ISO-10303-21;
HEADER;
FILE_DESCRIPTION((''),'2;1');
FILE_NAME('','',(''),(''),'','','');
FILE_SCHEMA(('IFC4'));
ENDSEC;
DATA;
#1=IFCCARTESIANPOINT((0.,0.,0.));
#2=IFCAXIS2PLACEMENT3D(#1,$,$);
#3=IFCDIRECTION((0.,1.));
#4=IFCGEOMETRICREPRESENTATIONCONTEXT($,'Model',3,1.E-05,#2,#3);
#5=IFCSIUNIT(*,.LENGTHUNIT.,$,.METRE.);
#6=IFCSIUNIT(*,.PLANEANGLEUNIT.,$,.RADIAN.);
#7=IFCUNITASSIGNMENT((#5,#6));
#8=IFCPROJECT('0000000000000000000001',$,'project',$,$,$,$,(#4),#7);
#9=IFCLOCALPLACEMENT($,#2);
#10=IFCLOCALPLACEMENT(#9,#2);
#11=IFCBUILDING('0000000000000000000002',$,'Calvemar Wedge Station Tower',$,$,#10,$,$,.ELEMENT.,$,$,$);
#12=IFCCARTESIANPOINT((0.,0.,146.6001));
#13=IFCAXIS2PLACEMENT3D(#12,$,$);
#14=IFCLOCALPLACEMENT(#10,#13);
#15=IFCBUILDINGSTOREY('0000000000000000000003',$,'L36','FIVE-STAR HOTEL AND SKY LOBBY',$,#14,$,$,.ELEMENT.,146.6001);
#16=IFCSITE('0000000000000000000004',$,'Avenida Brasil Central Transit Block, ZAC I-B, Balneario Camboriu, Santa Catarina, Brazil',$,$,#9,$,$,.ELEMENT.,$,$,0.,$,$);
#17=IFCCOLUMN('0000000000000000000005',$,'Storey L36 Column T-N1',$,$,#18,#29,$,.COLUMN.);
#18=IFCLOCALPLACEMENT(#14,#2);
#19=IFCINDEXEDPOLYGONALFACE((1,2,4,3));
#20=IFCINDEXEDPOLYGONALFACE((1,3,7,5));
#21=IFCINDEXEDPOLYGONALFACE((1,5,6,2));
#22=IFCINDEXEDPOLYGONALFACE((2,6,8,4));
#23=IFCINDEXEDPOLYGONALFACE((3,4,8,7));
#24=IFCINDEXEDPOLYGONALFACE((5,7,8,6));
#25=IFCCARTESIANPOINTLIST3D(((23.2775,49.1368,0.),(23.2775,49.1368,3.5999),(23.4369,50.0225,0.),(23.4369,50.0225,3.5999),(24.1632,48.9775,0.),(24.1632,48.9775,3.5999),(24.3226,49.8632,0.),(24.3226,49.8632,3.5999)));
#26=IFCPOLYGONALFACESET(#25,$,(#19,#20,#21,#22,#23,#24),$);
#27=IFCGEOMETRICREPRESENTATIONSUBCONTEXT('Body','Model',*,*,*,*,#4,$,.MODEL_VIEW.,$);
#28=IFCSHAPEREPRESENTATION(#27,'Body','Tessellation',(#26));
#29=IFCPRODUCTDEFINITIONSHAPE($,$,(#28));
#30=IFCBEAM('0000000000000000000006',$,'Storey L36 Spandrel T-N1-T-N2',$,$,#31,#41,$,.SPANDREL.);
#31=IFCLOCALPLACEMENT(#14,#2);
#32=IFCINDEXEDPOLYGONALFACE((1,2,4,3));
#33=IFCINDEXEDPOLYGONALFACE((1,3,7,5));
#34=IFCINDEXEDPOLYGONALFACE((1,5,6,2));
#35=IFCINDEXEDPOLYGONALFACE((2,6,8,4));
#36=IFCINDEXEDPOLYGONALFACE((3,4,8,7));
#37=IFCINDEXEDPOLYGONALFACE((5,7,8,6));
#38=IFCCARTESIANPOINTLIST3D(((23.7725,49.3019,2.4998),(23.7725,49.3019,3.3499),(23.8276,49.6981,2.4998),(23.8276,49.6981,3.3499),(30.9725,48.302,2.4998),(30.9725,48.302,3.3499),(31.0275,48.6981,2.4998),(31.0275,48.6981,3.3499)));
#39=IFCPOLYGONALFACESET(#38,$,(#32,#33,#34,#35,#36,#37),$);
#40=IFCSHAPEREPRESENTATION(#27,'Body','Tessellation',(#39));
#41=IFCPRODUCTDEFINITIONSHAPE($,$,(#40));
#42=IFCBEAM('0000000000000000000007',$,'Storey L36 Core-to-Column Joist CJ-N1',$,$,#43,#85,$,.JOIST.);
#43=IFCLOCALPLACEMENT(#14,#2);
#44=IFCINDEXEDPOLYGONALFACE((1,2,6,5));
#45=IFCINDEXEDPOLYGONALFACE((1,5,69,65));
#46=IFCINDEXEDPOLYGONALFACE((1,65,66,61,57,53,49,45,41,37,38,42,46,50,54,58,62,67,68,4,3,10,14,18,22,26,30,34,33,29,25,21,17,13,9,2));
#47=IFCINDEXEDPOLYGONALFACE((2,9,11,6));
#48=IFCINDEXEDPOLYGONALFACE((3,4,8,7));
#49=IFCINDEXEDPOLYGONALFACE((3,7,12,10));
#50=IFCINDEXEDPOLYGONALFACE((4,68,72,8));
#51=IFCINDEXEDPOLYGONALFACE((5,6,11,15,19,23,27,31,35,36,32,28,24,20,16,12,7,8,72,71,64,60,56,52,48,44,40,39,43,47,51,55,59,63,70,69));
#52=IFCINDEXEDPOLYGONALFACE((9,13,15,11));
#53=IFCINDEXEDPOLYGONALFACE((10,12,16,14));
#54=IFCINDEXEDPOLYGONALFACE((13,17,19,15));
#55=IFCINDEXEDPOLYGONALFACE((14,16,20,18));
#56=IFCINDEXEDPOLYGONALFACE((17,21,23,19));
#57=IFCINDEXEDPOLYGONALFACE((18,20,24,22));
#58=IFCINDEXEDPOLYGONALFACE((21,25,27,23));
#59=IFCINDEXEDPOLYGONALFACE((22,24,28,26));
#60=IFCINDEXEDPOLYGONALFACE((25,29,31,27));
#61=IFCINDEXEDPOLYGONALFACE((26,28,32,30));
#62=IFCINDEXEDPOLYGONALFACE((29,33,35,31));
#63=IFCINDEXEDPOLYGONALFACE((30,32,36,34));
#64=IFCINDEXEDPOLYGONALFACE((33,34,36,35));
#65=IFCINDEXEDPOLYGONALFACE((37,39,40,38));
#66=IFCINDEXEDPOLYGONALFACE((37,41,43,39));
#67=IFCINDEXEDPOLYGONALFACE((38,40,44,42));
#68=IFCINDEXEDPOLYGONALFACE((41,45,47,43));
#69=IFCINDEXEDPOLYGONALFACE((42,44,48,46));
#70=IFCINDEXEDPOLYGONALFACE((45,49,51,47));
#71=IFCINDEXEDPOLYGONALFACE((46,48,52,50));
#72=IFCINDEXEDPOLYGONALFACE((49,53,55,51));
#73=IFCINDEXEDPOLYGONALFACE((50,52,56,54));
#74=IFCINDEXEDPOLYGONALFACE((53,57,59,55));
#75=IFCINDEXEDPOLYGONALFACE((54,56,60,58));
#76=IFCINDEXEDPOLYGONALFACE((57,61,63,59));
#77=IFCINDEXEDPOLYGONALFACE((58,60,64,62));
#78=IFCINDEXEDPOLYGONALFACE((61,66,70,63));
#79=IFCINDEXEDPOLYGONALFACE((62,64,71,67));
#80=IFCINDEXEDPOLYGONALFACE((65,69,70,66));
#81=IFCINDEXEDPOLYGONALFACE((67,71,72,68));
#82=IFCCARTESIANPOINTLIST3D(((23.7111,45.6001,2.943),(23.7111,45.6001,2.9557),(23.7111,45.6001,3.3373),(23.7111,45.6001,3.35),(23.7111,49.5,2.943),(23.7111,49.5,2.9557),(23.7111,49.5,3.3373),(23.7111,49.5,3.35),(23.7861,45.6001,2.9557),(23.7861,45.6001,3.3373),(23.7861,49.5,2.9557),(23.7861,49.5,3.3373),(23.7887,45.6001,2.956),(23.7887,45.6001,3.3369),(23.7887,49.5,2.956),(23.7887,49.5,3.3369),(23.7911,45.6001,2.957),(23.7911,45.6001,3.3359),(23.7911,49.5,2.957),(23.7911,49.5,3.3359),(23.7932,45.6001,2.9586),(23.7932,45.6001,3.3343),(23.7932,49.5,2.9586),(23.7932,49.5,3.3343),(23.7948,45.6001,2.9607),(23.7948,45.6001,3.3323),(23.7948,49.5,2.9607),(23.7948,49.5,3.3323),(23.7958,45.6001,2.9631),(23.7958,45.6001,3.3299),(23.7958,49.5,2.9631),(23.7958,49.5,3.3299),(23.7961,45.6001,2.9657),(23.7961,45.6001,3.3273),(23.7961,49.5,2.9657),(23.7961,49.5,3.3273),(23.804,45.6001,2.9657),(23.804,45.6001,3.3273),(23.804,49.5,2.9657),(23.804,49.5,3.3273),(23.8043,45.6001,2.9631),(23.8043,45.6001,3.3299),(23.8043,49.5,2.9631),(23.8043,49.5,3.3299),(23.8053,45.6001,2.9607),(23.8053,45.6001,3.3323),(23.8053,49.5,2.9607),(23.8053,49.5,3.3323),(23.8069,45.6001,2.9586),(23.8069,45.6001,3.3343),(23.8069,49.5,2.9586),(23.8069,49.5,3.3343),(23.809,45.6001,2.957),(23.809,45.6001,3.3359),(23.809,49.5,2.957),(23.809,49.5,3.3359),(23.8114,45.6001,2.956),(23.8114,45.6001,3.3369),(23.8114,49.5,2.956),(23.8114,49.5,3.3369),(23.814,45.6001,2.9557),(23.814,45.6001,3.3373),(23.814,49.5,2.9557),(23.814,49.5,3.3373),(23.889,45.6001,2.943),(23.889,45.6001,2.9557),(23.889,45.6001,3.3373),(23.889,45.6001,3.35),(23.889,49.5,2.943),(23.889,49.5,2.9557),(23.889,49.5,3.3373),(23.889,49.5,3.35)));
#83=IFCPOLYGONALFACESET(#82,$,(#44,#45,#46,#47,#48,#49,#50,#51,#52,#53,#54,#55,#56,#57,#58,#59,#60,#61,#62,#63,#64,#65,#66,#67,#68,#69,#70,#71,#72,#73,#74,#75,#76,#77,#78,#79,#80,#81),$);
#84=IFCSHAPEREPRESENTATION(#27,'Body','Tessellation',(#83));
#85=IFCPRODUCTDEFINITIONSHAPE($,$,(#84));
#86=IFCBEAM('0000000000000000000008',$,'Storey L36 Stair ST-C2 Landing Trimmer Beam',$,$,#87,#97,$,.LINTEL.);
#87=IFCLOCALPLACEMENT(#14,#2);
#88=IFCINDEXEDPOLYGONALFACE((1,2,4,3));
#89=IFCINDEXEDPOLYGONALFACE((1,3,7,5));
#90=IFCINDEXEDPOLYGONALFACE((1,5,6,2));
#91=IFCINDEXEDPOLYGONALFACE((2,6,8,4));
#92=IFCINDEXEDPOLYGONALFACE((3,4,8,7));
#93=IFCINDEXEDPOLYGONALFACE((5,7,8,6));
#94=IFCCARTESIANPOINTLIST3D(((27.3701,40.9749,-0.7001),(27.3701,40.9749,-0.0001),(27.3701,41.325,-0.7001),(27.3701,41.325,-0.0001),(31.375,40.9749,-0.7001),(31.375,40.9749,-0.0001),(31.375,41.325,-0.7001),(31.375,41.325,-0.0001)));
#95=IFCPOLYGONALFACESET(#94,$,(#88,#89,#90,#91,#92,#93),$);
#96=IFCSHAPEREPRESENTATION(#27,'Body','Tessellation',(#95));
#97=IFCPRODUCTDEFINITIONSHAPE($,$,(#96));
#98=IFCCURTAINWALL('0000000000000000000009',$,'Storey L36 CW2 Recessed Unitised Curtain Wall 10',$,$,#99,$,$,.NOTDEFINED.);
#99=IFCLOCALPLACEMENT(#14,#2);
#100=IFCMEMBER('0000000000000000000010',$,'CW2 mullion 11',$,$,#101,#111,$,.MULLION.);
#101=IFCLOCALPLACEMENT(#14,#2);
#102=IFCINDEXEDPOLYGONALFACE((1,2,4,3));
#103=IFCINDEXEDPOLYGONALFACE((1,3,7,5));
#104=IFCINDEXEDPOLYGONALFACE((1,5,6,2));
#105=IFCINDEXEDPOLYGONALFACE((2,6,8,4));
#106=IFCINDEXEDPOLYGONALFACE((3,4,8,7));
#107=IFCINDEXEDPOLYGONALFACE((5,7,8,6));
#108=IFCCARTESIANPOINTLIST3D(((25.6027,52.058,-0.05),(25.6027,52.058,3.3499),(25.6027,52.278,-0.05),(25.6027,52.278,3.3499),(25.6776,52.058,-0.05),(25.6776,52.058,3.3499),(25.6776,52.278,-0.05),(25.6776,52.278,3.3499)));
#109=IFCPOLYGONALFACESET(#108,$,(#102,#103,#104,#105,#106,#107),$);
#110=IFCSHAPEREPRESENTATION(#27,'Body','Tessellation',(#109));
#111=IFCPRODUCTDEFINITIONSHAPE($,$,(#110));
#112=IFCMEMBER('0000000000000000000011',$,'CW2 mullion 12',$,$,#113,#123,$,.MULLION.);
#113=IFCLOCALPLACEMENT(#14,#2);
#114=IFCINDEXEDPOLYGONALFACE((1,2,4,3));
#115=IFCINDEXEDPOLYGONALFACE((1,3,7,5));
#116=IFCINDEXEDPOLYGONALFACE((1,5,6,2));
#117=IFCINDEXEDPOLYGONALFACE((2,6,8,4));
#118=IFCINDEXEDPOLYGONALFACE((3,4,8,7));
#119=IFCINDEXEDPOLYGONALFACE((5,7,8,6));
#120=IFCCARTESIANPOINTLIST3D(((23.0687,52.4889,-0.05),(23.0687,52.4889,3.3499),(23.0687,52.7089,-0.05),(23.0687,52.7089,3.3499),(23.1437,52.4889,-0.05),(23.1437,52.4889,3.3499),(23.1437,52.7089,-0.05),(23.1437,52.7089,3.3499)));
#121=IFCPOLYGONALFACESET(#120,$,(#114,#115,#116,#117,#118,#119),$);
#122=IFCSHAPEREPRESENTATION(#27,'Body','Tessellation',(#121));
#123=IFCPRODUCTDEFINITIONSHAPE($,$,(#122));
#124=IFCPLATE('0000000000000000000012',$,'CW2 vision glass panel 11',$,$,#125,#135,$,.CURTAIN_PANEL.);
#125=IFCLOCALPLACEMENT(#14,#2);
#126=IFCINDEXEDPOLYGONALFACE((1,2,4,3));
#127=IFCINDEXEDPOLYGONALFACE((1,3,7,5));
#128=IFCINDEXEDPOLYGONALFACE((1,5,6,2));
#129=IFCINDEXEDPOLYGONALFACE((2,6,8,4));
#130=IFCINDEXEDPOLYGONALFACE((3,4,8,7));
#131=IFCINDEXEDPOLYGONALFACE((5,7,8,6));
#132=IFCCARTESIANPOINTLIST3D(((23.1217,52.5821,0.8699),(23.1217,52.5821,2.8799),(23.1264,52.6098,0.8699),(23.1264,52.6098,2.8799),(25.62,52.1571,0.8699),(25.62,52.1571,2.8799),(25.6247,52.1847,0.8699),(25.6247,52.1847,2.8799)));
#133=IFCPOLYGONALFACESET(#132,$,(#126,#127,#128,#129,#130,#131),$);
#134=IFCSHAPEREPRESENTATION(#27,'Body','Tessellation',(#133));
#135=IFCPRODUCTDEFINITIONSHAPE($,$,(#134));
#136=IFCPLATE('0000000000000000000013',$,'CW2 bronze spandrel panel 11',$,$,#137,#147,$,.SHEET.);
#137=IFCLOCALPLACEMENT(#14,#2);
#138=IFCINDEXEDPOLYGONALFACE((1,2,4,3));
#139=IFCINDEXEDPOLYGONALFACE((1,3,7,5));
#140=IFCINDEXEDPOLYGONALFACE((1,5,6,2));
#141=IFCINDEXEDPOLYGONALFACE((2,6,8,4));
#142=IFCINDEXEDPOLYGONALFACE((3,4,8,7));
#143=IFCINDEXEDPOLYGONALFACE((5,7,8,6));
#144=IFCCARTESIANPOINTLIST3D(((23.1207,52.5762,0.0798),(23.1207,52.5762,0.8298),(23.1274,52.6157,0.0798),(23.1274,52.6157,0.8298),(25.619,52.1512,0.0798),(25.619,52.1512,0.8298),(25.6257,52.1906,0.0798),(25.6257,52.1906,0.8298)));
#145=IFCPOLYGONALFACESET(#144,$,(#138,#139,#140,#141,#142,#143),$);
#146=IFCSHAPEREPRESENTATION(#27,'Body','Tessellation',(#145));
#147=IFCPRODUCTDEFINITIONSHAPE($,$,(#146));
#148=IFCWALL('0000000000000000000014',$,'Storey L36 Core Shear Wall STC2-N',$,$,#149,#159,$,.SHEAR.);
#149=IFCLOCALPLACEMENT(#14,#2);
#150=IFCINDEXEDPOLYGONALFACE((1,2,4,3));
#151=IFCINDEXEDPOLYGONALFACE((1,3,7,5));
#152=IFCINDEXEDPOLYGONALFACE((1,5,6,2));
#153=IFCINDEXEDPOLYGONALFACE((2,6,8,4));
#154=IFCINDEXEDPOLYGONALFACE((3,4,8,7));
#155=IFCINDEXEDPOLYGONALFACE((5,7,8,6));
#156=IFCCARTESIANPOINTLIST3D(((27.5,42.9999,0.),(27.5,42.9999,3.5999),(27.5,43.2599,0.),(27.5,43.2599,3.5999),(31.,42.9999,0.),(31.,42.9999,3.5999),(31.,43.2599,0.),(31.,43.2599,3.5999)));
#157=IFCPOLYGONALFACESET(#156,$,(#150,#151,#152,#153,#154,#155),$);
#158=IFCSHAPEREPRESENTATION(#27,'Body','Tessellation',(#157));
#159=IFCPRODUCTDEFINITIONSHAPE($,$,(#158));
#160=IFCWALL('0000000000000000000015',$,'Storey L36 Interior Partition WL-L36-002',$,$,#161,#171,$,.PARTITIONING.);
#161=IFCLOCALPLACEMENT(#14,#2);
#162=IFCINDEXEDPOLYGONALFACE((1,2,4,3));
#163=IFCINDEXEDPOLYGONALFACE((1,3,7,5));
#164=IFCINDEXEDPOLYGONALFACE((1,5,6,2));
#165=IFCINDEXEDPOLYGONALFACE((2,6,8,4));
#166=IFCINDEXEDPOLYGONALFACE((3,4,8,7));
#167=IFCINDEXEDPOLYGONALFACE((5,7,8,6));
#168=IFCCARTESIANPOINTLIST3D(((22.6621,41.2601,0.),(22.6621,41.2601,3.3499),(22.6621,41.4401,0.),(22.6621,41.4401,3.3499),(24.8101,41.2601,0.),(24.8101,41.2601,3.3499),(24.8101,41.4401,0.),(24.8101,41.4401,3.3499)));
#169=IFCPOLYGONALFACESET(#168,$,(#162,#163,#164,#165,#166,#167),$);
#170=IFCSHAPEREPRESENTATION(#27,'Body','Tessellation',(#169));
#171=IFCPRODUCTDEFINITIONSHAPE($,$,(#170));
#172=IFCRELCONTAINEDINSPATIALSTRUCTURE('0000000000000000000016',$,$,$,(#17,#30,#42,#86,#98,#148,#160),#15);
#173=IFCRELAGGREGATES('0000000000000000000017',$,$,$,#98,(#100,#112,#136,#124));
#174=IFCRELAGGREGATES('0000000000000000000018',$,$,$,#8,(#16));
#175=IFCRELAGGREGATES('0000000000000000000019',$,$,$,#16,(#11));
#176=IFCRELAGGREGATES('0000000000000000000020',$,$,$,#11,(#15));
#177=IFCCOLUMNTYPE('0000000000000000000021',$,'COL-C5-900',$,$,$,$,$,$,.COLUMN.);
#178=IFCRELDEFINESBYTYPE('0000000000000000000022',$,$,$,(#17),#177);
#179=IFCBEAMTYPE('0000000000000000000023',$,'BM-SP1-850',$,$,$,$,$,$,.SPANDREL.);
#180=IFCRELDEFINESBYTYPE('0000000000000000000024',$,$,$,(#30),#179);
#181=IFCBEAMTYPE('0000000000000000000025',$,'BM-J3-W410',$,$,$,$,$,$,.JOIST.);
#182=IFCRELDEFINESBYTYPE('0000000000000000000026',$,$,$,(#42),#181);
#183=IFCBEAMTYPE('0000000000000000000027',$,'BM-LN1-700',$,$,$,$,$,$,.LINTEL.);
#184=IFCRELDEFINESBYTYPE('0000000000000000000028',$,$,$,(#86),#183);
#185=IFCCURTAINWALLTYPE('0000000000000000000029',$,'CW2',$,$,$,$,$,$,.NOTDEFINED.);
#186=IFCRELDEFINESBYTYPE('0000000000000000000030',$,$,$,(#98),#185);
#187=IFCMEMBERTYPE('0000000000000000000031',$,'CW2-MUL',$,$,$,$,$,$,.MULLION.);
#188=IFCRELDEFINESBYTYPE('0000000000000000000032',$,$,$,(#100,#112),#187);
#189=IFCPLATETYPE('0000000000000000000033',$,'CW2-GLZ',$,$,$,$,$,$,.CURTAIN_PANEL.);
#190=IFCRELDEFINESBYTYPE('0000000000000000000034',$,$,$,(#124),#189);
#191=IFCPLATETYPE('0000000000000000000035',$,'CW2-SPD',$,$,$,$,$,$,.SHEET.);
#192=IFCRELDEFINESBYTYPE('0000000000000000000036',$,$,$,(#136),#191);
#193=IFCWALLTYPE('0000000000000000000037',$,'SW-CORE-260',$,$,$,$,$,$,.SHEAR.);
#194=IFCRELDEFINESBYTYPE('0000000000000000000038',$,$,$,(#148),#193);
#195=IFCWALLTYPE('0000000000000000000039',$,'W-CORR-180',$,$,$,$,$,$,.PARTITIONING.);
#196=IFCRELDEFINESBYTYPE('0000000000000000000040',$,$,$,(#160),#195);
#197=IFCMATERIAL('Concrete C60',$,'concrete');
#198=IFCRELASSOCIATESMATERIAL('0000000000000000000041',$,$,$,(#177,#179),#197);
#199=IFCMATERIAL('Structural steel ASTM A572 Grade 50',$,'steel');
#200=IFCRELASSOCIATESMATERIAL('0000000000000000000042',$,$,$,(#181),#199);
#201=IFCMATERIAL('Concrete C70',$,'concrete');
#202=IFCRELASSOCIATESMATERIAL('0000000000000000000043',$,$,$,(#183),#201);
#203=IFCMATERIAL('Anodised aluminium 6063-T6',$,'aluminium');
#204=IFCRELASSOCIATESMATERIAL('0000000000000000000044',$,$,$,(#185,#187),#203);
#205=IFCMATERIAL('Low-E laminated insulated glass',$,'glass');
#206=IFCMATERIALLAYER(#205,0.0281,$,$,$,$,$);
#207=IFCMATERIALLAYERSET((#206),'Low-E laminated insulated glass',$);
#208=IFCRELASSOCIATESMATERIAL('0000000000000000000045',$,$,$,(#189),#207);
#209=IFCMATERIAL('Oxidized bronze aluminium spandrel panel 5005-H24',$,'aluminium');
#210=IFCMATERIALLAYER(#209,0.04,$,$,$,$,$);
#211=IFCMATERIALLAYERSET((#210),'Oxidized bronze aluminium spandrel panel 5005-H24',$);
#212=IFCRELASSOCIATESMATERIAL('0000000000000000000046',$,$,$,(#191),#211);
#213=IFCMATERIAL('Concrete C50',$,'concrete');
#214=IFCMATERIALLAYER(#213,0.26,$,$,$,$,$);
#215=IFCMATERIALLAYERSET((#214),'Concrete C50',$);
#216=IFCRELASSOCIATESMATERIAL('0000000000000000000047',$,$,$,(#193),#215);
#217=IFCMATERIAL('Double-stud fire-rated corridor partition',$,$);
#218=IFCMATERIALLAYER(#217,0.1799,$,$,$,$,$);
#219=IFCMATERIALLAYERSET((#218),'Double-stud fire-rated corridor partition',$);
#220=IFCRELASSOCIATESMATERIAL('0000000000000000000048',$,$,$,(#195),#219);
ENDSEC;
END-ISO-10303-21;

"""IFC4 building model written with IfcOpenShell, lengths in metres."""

from ifc_helpers import new_model, si_unit, direction, frame, frame_2d, origin, origin_2d, place, context, subcontext, project, spatial, rectangle, i_section, extrude, source, transform, mapped, material, layer, layer_set, material_profile, profile_set, type_object, element, aggregate, save


model = new_model("IFC4")

# Units and contexts
model_context = context("Model", 3, precision=1e-05, world=origin(), true_north=direction((0.0, 1.0)))
body_context = subcontext(model_context, "Body", "Model", "MODEL_VIEW")
ifc_project = project(units=[si_unit("LENGTHUNIT", "METRE"), si_unit("PLANEANGLEUNIT", "RADIAN")], contexts=[model_context])

# Site, building, storey
site_placement = place(None, origin())
site = spatial("IfcSite", under=ifc_project, at=site_placement, Name="Avenida Brasil Central Transit Block, ZAC I-B, Balneario Camboriu, Santa Catarina, Brazil", CompositionType="ELEMENT", RefElevation=0.0)
building_placement = place(site_placement, origin())
building = spatial("IfcBuilding", under=site, at=building_placement, Name="Calvemar Wedge Station Tower", CompositionType="ELEMENT")
storey_placement = place(building_placement, frame((0.0, 0.0, 146.6001)))
storey = spatial("IfcBuildingStorey", under=building, at=storey_placement, Name="L36", Description="FIVE-STAR HOTEL AND SKY LOBBY", CompositionType="ELEMENT", Elevation=146.6001)

# Column
ifc_material_1 = material(Name="Concrete C60", Category="concrete")
ifc_material_profile_1 = material_profile(ifc_material_1, rectangle(XDim=0.8999, YDim=0.8999, at=origin_2d()), Name="RC900x900")
ifc_profile_set_1 = profile_set([ifc_material_profile_1], Name="Concrete C60")
column_type = type_object("IfcColumnType", Name="COL-C5-900", PredefinedType="COLUMN", material=ifc_profile_set_1)
shared_shape_1 = source(origin(), body_context, "Body", "SweptSolid", [
    extrude(rectangle(XDim=0.8999, YDim=0.8999, at=origin_2d()), origin(), (0.0, 0.0, 1.0), 3.5999),
])
column_placement = place(storey_placement, frame((23.8, 49.5, 0.0), z_axis=(0.0, 0.0, 1.0), x_axis=(0.984196, -0.177085, 0.0)))
element("IfcColumn", 1, at=column_placement, inside=storey, type_object=column_type, Name="Storey L36 Column T-N1", PredefinedType="COLUMN", context=body_context, shape_type="MappedRepresentation", body=[
    mapped(shared_shape_1, transform((0.0, 0.0, 0.0), scale=1.0)),
])

# Beams
ifc_material_profile_2 = material_profile(ifc_material_1, rectangle(XDim=0.3999, YDim=0.8501, at=origin_2d()), Name="RC400x850")
ifc_profile_set_2 = profile_set([ifc_material_profile_2], Name="Concrete C60")
beam_type_1 = type_object("IfcBeamType", Name="BM-SP1-850", PredefinedType="SPANDREL", material=ifc_profile_set_2)
shared_shape_2 = source(origin(), body_context, "Body", "SweptSolid", [
    extrude(rectangle(XDim=0.3999, YDim=0.8501, at=origin_2d()), origin(), (0.0, 0.0, 1.0), 7.269),
])
beam_1_placement = place(storey_placement, frame((23.8, 49.5, 2.9248), z_axis=(0.990492, -0.137569, 0.0), x_axis=(0.137569, 0.990492, 0.0)))
element("IfcBeam", 2, at=beam_1_placement, inside=storey, type_object=beam_type_1, Name="Storey L36 Spandrel T-N1-T-N2", PredefinedType="SPANDREL", context=body_context, shape_type="MappedRepresentation", body=[
    mapped(shared_shape_2, transform((0.0, 0.0, 0.0), scale=1.0)),
])
ifc_material_2 = material(Name="Structural steel ASTM A572 Grade 50", Category="steel")
ifc_material_profile_3 = material_profile(ifc_material_2, i_section(OverallWidth=0.178, OverallDepth=0.407, WebThickness=0.0078, FlangeThickness=0.0127, FilletRadius=0.01, at=origin_2d()), Name="W410x60")
ifc_profile_set_3 = profile_set([ifc_material_profile_3], Name="Structural steel ASTM A572 Grade 50")
beam_type_2 = type_object("IfcBeamType", Name="BM-J3-W410", PredefinedType="JOIST", material=ifc_profile_set_3)
shared_shape_3 = source(origin(), body_context, "Body", "SweptSolid", [
    extrude(i_section(OverallWidth=0.178, OverallDepth=0.407, WebThickness=0.0078, FlangeThickness=0.0127, FilletRadius=0.01, at=origin_2d()), origin(), (0.0, 0.0, 1.0), 3.8999),
])
beam_2_placement = place(storey_placement, frame((23.8, 45.6001, 3.1465), z_axis=(0.0, 1.0, 0.0), x_axis=(-1.0, 0.0, 0.0)))
element("IfcBeam", 3, at=beam_2_placement, inside=storey, type_object=beam_type_2, Name="Storey L36 Core-to-Column Joist CJ-N1", PredefinedType="JOIST", context=body_context, shape_type="MappedRepresentation", body=[
    mapped(shared_shape_3, transform((0.0, 0.0, 0.0), scale=1.0)),
])
ifc_material_3 = material(Name="Concrete C70", Category="concrete")
ifc_material_profile_4 = material_profile(ifc_material_3, rectangle(XDim=0.3501, YDim=0.7, at=origin_2d()), Name="RC350x700")
ifc_profile_set_4 = profile_set([ifc_material_profile_4], Name="Concrete C70")
beam_type_3 = type_object("IfcBeamType", Name="BM-LN1-700", PredefinedType="LINTEL", material=ifc_profile_set_4)
shared_shape_4 = source(origin(), body_context, "Body", "SweptSolid", [
    extrude(rectangle(XDim=0.3501, YDim=0.7, at=origin_2d()), origin(), (0.0, 0.0, 1.0), 4.0049),
])
beam_3_placement = place(storey_placement, frame((27.3701, 41.1499, -0.3501), z_axis=(1.0, 0.0, 0.0), x_axis=(0.0, 1.0, 0.0)))
element("IfcBeam", 4, at=beam_3_placement, inside=storey, type_object=beam_type_3, Name="Storey L36 Stair ST-C2 Landing Trimmer Beam", PredefinedType="LINTEL", context=body_context, shape_type="MappedRepresentation", body=[
    mapped(shared_shape_4, transform((0.0, 0.0, 0.0), scale=1.0)),
])

# Curtain wall, members, plates
ifc_material_4 = material(Name="Anodised aluminium 6063-T6", Category="aluminium")
curtain_wall_type = type_object("IfcCurtainWallType", Name="CW2", PredefinedType="NOTDEFINED", material=ifc_material_4)
curtain_wall_placement = place(storey_placement, origin())
curtain_wall = element("IfcCurtainWall", 5, at=curtain_wall_placement, inside=storey, type_object=curtain_wall_type, Name="Storey L36 CW2 Recessed Unitised Curtain Wall 10", PredefinedType="NOTDEFINED")
ifc_material_profile_5 = material_profile(ifc_material_4, rectangle(XDim=0.075, YDim=0.22, at=origin_2d()), Name="AL-MUL-75x220")
ifc_profile_set_5 = profile_set([ifc_material_profile_5], Name="Anodised aluminium 6063-T6")
member_type = type_object("IfcMemberType", Name="CW2-MUL", PredefinedType="MULLION", material=ifc_profile_set_5)
shared_shape_5 = source(origin(), body_context, "Body", "SweptSolid", [
    extrude(rectangle(XDim=0.075, YDim=0.22, at=origin_2d()), origin(), (0.0, 0.0, 1.0), 3.3999),
])
member_1_placement = place(storey_placement, frame((25.6401, 52.168, -0.05), z_axis=(0.0, 0.0, 1.0), x_axis=(1.0, 0.0, 0.0)))
member_1 = element("IfcMember", 6, at=member_1_placement, type_object=member_type, Name="CW2 mullion 11", PredefinedType="MULLION", context=body_context, shape_type="MappedRepresentation", body=[
    mapped(shared_shape_5, transform((0.0, 0.0, 0.0), scale=1.0)),
])
member_2_placement = place(storey_placement, frame((23.1062, 52.5989, -0.05), z_axis=(0.0, 0.0, 1.0), x_axis=(1.0, 0.0, 0.0)))
member_2 = element("IfcMember", 7, at=member_2_placement, type_object=member_type, Name="CW2 mullion 12", PredefinedType="MULLION", context=body_context, shape_type="MappedRepresentation", body=[
    mapped(shared_shape_5, transform((0.0, 0.0, 0.0), scale=1.0)),
])
ifc_material_5 = material(Name="Low-E laminated insulated glass", Category="glass")
ifc_layer_1 = layer(ifc_material_5, 0.0281)
ifc_layer_set_1 = layer_set([ifc_layer_1], Name="Low-E laminated insulated glass")
plate_type_1 = type_object("IfcPlateType", Name="CW2-GLZ", PredefinedType="CURTAIN_PANEL", material=ifc_layer_set_1)
plate_1_placement = place(storey_placement, frame((25.6223, 52.1709, 0.8699), z_axis=(0.0, 0.0, 1.0), x_axis=(-0.985834, 0.167726, 0.0)))
plate_1 = element("IfcPlate", 8, at=plate_1_placement, type_object=plate_type_1, Name="CW2 vision glass panel 11", PredefinedType="CURTAIN_PANEL", context=body_context, shape_type="SweptSolid", body=[
    extrude(rectangle(XDim=2.5342, YDim=0.0281, at=frame_2d((1.2671, 0.0))), origin(), (0.0, 0.0, 1.0), 2.01),
])
ifc_material_6 = material(Name="Oxidized bronze aluminium spandrel panel 5005-H24", Category="aluminium")
ifc_layer_2 = layer(ifc_material_6, 0.04)
ifc_layer_set_2 = layer_set([ifc_layer_2], Name="Oxidized bronze aluminium spandrel panel 5005-H24")
plate_type_2 = type_object("IfcPlateType", Name="CW2-SPD", PredefinedType="SHEET", material=ifc_layer_set_2)
plate_2_placement = place(storey_placement, frame((25.6223, 52.1709, 0.0798), z_axis=(0.0, 0.0, 1.0), x_axis=(-0.985834, 0.167726, 0.0)))
plate_2 = element("IfcPlate", 9, at=plate_2_placement, type_object=plate_type_2, Name="CW2 bronze spandrel panel 11", PredefinedType="SHEET", context=body_context, shape_type="SweptSolid", body=[
    extrude(rectangle(XDim=2.5342, YDim=0.04, at=frame_2d((1.2671, 0.0))), origin(), (0.0, 0.0, 1.0), 0.75),
])
aggregate(curtain_wall, [member_1, member_2, plate_2, plate_1])

# Walls
ifc_material_7 = material(Name="Concrete C50", Category="concrete")
ifc_layer_3 = layer(ifc_material_7, 0.26)
ifc_layer_set_3 = layer_set([ifc_layer_3], Name="Concrete C50")
wall_type_1 = type_object("IfcWallType", Name="SW-CORE-260", PredefinedType="SHEAR", material=ifc_layer_set_3)
wall_1_placement = place(storey_placement, frame((27.5, 43.1299, 0.0), z_axis=(0.0, 0.0, 1.0), x_axis=(1.0, 0.0, 0.0)))
element("IfcWall", 10, at=wall_1_placement, inside=storey, type_object=wall_type_1, Name="Storey L36 Core Shear Wall STC2-N", PredefinedType="SHEAR", context=body_context, shape_type="SweptSolid", body=[
    extrude(rectangle(XDim=3.5, YDim=0.26, at=frame_2d((1.75, 0.0))), origin(), (0.0, 0.0, 1.0), 3.5999),
])
ifc_material_8 = material(Name="Double-stud fire-rated corridor partition")
ifc_layer_4 = layer(ifc_material_8, 0.1799)
ifc_layer_set_4 = layer_set([ifc_layer_4], Name="Double-stud fire-rated corridor partition")
wall_type_2 = type_object("IfcWallType", Name="W-CORR-180", PredefinedType="PARTITIONING", material=ifc_layer_set_4)
wall_2_placement = place(storey_placement, frame((24.8101, 41.3501, 0.0), z_axis=(0.0, 0.0, 1.0), x_axis=(-1.0, 0.0, 0.0)))
element("IfcWall", 11, at=wall_2_placement, inside=storey, type_object=wall_type_2, Name="Storey L36 Interior Partition WL-L36-002", PredefinedType="PARTITIONING", context=body_context, shape_type="SweptSolid", body=[
    extrude(rectangle(XDim=2.1479, YDim=0.1799, at=frame_2d((1.074, 0.0))), origin(), (0.0, 0.0, 1.0), 3.3499),
])

save(model, "model.ifc")
